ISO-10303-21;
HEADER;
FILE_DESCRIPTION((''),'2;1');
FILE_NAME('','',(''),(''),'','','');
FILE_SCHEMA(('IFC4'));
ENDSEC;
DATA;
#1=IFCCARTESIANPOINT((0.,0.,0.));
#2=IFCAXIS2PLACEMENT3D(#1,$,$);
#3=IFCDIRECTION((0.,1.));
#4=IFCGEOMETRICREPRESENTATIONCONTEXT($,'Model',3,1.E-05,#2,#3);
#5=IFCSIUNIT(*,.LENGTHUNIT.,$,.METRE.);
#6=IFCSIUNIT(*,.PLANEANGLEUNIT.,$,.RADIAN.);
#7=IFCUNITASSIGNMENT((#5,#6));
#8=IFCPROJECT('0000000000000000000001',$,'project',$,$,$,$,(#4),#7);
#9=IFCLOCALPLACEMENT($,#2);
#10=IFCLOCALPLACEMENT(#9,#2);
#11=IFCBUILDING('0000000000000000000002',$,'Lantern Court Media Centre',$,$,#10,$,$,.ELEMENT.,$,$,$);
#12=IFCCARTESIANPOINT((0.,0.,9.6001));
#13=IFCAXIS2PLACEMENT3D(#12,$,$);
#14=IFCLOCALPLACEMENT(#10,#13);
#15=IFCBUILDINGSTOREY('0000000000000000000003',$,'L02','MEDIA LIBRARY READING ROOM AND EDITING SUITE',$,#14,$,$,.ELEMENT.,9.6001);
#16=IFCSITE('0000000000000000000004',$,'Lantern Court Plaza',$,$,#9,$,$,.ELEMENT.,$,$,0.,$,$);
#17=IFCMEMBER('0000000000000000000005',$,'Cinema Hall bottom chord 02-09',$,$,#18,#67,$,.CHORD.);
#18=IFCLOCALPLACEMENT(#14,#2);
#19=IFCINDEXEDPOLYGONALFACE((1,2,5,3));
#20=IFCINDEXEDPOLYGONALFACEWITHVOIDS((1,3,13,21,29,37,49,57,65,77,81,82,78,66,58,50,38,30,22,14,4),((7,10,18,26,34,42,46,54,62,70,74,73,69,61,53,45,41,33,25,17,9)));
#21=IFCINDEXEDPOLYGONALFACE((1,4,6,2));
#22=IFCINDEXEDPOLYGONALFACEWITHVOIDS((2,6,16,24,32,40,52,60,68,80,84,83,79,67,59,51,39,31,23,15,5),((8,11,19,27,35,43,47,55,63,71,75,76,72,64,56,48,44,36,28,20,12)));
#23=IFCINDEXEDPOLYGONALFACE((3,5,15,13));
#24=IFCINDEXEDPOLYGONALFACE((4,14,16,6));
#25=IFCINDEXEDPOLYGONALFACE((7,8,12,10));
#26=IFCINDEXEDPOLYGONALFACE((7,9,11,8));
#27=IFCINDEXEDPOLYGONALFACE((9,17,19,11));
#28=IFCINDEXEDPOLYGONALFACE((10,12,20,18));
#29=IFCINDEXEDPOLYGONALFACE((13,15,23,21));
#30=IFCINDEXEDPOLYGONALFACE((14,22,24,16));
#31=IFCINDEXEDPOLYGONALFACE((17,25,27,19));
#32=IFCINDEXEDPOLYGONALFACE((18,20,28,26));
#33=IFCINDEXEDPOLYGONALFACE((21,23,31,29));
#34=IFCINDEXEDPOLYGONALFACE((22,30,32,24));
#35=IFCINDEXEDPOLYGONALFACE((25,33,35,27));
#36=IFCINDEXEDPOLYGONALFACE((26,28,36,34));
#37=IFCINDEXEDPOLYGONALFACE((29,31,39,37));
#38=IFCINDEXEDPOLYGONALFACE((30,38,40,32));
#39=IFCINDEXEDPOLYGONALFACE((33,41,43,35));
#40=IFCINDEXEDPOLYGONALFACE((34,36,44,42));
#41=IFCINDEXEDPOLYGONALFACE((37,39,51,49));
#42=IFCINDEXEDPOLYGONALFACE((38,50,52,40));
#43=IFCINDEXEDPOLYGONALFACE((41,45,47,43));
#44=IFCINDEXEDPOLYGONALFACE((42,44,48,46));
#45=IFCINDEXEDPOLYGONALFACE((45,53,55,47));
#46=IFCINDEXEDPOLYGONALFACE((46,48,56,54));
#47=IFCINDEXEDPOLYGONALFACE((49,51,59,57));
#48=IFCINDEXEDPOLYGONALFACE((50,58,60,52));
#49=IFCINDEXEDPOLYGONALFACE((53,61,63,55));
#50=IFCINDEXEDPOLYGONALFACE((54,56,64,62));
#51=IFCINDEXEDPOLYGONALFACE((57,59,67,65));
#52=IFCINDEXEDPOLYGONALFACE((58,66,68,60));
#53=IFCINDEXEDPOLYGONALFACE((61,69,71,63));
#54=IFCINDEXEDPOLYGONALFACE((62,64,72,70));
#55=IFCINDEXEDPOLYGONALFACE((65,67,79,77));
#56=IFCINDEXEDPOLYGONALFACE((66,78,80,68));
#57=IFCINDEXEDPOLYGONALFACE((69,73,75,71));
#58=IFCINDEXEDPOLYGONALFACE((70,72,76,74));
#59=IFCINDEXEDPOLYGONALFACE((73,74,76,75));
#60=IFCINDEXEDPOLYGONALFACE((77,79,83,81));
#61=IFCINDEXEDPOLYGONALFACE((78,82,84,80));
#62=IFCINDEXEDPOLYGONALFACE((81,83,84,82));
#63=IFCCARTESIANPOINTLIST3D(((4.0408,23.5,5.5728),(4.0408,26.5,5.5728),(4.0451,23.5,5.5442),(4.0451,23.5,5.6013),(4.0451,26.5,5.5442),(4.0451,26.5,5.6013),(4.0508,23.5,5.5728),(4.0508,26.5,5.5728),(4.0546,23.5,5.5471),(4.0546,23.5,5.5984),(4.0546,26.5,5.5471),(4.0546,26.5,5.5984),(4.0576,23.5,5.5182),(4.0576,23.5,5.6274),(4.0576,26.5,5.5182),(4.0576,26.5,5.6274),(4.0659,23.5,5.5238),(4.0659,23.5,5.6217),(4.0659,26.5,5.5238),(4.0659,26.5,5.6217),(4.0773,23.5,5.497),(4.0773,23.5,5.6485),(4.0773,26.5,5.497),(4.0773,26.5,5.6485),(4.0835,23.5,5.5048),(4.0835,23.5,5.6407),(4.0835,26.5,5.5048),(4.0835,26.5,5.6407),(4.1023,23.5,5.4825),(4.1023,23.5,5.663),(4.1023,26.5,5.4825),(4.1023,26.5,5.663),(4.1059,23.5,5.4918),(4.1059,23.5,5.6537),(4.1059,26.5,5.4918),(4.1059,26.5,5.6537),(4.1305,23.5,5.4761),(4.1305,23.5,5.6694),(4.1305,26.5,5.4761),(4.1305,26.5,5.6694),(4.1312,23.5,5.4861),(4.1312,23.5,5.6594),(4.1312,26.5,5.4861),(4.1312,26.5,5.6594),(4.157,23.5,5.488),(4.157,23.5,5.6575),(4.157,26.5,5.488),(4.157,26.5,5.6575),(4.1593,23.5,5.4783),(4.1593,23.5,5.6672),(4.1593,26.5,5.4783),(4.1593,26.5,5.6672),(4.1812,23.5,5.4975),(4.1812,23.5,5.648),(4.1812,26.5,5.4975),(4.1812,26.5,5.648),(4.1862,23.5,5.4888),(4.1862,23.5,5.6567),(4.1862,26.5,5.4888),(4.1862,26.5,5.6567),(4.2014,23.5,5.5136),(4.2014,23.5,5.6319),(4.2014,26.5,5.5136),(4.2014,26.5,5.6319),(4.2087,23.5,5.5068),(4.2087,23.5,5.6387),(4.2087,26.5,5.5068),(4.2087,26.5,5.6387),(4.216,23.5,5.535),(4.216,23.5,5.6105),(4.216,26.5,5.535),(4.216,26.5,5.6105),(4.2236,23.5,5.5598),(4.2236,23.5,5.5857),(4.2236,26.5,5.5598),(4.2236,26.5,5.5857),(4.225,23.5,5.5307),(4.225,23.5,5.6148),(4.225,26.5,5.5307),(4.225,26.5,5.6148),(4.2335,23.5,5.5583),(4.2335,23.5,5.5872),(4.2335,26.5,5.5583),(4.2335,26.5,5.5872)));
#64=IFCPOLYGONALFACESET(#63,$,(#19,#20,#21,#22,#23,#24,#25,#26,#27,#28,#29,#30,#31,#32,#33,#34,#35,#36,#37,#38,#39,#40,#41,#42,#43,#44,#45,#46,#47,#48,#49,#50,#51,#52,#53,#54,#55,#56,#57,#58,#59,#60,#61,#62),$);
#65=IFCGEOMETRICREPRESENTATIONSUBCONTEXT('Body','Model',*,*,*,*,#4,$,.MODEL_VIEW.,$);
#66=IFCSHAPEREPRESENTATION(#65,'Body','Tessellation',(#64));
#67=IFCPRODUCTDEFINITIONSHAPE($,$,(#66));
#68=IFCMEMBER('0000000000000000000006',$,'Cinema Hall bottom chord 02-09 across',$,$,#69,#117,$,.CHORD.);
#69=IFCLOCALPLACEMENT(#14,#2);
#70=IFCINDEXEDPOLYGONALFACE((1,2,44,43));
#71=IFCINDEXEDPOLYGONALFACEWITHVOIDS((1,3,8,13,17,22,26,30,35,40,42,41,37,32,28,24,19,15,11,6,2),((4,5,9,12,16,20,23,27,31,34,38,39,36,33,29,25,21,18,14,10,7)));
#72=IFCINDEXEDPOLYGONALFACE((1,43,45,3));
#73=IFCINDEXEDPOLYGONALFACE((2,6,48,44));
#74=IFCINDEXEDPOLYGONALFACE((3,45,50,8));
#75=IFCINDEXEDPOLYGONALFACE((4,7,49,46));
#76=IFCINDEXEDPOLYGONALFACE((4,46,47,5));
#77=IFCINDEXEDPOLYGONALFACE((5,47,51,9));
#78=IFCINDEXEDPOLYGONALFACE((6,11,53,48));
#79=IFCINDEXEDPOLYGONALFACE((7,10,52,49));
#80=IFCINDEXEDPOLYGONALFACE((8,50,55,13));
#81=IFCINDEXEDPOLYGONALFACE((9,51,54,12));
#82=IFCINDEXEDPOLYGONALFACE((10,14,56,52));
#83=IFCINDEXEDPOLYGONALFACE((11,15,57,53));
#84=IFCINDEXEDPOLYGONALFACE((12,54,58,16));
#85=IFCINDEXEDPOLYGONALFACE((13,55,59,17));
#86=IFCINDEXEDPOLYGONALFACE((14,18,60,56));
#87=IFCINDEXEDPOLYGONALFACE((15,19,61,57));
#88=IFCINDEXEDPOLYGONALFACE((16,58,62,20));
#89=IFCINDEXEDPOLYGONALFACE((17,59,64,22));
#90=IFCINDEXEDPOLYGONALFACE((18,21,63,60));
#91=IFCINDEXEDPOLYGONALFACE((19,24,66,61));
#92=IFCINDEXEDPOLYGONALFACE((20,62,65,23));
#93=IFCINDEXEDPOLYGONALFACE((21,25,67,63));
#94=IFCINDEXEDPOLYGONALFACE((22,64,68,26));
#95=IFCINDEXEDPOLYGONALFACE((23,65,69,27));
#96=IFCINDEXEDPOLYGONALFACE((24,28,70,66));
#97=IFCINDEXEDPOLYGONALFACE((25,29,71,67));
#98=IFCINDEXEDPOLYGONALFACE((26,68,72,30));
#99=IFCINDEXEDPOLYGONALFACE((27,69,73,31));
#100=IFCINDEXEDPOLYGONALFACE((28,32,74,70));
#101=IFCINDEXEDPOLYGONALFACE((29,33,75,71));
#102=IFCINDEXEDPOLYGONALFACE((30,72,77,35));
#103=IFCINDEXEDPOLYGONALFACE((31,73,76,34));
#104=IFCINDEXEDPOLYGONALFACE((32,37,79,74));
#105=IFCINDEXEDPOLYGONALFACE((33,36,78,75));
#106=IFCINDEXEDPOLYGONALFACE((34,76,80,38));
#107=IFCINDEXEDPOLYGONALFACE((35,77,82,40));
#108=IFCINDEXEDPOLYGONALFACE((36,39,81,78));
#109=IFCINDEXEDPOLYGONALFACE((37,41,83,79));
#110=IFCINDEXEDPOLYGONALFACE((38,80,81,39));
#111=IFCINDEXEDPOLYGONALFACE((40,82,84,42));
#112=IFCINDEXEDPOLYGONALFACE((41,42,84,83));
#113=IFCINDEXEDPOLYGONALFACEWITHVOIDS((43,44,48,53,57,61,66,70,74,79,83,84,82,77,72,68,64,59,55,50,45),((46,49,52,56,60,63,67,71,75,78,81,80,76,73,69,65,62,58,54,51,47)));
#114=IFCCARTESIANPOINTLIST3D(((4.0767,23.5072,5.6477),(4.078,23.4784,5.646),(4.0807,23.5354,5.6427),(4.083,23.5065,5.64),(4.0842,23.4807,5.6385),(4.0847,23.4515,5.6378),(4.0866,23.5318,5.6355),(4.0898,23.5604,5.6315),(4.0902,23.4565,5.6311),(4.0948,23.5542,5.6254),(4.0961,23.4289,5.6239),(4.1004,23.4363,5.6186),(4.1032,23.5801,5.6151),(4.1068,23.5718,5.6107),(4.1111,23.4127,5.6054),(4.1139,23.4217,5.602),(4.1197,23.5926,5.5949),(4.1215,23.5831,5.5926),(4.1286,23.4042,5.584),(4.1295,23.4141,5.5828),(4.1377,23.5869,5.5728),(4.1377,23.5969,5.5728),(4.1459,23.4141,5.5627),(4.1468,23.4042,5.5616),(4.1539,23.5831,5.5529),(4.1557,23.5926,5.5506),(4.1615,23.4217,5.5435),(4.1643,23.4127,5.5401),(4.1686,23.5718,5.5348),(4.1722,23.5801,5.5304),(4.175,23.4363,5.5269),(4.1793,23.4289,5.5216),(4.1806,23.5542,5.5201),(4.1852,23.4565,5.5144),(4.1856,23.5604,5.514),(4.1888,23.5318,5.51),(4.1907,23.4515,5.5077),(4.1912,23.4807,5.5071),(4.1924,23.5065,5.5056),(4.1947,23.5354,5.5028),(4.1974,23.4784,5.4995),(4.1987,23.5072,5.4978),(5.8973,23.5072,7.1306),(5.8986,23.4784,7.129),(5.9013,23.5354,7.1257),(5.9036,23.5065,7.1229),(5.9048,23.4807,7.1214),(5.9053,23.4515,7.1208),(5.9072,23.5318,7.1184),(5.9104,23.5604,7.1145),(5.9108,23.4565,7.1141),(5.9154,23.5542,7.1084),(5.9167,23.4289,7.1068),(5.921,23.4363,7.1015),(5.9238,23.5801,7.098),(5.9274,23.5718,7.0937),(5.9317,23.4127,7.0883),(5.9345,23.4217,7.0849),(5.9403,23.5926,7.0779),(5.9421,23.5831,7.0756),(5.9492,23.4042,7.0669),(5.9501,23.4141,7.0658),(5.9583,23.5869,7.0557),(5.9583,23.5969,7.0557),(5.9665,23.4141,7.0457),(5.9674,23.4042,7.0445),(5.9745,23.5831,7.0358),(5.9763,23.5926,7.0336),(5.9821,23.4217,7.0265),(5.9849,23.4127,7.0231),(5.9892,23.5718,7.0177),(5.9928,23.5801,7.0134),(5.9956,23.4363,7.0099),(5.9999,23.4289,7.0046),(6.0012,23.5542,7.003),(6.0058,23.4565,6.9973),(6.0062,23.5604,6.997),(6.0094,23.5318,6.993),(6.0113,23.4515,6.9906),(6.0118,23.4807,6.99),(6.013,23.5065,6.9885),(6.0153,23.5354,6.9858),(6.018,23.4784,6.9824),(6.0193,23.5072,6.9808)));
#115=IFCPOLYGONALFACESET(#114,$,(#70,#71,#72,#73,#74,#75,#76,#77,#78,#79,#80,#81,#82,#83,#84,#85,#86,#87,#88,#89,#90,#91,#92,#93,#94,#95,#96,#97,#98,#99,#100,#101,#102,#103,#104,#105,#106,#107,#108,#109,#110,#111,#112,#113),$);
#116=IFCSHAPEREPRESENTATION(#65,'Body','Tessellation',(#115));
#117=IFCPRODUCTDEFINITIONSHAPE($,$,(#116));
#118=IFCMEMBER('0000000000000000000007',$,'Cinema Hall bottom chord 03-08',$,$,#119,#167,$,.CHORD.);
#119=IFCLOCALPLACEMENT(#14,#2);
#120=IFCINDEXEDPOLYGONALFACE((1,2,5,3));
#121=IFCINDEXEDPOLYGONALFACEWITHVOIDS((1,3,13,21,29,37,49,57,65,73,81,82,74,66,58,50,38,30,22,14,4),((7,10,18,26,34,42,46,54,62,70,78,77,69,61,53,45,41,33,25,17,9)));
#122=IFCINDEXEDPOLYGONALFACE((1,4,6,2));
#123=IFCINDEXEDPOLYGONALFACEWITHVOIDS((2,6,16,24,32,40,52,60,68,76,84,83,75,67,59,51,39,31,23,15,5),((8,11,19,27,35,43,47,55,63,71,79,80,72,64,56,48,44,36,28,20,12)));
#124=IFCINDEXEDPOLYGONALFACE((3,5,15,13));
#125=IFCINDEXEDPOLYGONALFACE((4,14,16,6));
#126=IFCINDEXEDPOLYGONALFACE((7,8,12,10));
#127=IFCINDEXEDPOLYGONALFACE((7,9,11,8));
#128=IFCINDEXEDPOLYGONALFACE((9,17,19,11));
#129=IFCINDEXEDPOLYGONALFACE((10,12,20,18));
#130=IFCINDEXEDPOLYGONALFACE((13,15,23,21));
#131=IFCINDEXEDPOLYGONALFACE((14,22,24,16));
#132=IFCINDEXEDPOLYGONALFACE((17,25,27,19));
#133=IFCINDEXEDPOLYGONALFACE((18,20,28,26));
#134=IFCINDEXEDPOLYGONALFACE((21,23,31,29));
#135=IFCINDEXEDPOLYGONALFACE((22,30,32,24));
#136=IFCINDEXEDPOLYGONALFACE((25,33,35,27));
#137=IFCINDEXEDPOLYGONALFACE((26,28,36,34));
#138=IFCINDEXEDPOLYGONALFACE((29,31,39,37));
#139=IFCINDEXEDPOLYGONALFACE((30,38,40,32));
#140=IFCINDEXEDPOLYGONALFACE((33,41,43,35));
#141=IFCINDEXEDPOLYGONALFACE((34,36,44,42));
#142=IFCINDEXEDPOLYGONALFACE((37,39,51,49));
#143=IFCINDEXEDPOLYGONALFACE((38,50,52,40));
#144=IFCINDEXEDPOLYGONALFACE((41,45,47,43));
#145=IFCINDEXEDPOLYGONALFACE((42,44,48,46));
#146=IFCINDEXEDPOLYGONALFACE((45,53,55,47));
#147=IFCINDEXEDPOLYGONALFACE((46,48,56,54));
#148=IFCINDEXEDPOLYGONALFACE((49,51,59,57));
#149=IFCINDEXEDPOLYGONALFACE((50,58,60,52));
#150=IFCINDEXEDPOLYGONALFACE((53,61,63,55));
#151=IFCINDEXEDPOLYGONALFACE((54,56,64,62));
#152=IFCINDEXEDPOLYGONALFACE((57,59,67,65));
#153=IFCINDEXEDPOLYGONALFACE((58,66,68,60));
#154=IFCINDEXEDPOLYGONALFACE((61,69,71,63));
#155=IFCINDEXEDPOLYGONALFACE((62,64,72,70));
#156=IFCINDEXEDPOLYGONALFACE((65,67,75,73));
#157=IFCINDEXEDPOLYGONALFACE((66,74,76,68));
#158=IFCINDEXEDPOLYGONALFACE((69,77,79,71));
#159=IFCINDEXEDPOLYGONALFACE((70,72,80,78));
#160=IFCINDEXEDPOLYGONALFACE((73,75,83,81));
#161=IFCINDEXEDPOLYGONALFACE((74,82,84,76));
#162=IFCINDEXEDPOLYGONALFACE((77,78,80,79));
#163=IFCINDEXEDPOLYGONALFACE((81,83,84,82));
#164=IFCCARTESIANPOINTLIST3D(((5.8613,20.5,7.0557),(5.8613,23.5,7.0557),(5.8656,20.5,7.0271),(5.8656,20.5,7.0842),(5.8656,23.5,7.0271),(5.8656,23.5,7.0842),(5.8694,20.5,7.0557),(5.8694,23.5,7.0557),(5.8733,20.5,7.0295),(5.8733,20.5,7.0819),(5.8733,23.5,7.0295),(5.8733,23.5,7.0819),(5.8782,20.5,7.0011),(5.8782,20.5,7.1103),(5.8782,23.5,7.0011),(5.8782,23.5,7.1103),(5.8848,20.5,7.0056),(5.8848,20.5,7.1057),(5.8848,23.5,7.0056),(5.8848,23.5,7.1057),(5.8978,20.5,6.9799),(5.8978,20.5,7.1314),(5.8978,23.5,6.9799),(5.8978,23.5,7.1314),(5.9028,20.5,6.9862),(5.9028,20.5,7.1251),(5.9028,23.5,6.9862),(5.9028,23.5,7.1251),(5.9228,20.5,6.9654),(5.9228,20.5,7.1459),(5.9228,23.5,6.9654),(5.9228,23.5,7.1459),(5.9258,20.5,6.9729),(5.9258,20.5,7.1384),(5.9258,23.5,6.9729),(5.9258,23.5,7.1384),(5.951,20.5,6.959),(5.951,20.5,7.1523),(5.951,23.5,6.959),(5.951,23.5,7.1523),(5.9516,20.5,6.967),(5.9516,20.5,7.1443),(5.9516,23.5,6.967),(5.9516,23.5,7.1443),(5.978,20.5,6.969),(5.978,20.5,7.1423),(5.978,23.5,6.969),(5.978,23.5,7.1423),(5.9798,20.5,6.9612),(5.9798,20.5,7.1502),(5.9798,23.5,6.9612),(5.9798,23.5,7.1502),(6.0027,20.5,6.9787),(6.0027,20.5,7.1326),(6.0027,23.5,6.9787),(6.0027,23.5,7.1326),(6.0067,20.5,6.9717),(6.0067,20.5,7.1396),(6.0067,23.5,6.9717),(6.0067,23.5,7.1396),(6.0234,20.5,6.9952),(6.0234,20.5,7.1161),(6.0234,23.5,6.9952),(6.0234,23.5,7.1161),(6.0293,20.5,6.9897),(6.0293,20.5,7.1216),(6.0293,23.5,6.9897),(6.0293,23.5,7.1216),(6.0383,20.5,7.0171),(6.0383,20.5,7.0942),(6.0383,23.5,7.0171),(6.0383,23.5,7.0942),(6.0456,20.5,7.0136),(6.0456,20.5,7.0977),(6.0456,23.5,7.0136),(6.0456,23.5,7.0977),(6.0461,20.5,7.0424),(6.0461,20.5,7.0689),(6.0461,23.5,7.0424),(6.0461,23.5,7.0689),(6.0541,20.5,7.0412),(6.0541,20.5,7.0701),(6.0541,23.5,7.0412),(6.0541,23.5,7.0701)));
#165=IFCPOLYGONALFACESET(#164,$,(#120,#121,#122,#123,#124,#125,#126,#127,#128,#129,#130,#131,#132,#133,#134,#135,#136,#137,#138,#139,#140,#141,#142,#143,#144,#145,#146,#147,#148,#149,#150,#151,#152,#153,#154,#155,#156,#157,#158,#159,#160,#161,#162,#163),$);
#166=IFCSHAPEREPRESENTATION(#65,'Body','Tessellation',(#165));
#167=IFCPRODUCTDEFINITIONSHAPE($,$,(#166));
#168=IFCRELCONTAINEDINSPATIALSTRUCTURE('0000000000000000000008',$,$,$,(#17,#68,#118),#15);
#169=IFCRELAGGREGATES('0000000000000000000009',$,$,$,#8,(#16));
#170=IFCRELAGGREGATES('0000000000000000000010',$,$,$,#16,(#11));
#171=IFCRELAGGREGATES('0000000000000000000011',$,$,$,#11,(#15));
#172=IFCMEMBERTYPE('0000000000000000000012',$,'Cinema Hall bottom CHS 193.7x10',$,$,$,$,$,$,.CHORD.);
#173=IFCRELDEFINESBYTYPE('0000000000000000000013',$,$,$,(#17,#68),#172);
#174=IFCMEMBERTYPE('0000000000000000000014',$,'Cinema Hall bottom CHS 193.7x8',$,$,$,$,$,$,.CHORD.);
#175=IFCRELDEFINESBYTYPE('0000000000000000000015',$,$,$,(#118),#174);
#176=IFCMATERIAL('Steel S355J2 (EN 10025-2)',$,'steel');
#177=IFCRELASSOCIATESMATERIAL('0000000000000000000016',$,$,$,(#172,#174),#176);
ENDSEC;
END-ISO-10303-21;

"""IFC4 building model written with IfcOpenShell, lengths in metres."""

from ifc_helpers import new_model, si_unit, direction, frame, origin, origin_2d, place, context, subcontext, project, spatial, hollow_circle, extrude, material, material_profile, profile_set, type_object, element, save


model = new_model("IFC4")

# Units and contexts
model_context = context("Model", 3, precision=1e-05, world=origin(), true_north=direction((0.0, 1.0)))
body_context = subcontext(model_context, "Body", "Model", "MODEL_VIEW")
ifc_project = project(units=[si_unit("LENGTHUNIT", "METRE"), si_unit("PLANEANGLEUNIT", "RADIAN")], contexts=[model_context])

# Site, building, storey
site_placement = place(None, origin())
site = spatial("IfcSite", under=ifc_project, at=site_placement, Name="Lantern Court Plaza", CompositionType="ELEMENT", RefElevation=0.0)
building_placement = place(site_placement, origin())
building = spatial("IfcBuilding", under=site, at=building_placement, Name="Lantern Court Media Centre", CompositionType="ELEMENT")
storey_placement = place(building_placement, frame((0.0, 0.0, 9.6001)))
storey = spatial("IfcBuildingStorey", under=building, at=storey_placement, Name="L02", Description="MEDIA LIBRARY READING ROOM AND EDITING SUITE", CompositionType="ELEMENT", Elevation=9.6001)

# Members
ifc_material = material(Name="Steel S355J2 (EN 10025-2)", Category="steel")
ifc_material_profile_1 = material_profile(ifc_material, hollow_circle(Radius=0.0969, WallThickness=0.01, at=origin_2d()), Name="Cinema Hall bottom CHS 193.7x10")
ifc_profile_set_1 = profile_set([ifc_material_profile_1], Name="Steel S355J2 (EN 10025-2)")
member_type_1 = type_object("IfcMemberType", Name="Cinema Hall bottom CHS 193.7x10", PredefinedType="CHORD", material=ifc_profile_set_1)
member_1_placement = place(storey_placement, frame((4.1377, 23.5, 5.5728), z_axis=(0.0, 1.0, 0.0), x_axis=(-1.0, 0.0, 0.0)))
element("IfcMember", 1, at=member_1_placement, inside=storey, type_object=member_type_1, Name="Cinema Hall bottom chord 02-09", PredefinedType="CHORD", context=body_context, shape_type="SweptSolid", body=[
    extrude(hollow_circle(Radius=0.0969, WallThickness=0.01, at=origin_2d()), origin(), (0.0, 0.0, 1.0), 3.0),
])
member_2_placement = place(storey_placement, frame((4.1377, 23.5, 5.5728), z_axis=(0.775341, 0.0, 0.631543), x_axis=(0.0, 1.0, 0.0)))
element("IfcMember", 2, at=member_2_placement, inside=storey, type_object=member_type_1, Name="Cinema Hall bottom chord 02-09 across", PredefinedType="CHORD", context=body_context, shape_type="SweptSolid", body=[
    extrude(hollow_circle(Radius=0.0969, WallThickness=0.01, at=origin_2d()), origin(), (0.0, 0.0, 1.0), 2.3481),
])
ifc_material_profile_2 = material_profile(ifc_material, hollow_circle(Radius=0.0969, WallThickness=0.0081, at=origin_2d()), Name="Cinema Hall bottom CHS 193.7x8")
ifc_profile_set_2 = profile_set([ifc_material_profile_2], Name="Steel S355J2 (EN 10025-2)")
member_type_2 = type_object("IfcMemberType", Name="Cinema Hall bottom CHS 193.7x8", PredefinedType="CHORD", material=ifc_profile_set_2)
member_3_placement = place(storey_placement, frame((5.9583, 20.5, 7.0557), z_axis=(0.0, 1.0, 0.0), x_axis=(-1.0, 0.0, 0.0)))
element("IfcMember", 3, at=member_3_placement, inside=storey, type_object=member_type_2, Name="Cinema Hall bottom chord 03-08", PredefinedType="CHORD", context=body_context, shape_type="SweptSolid", body=[
    extrude(hollow_circle(Radius=0.0969, WallThickness=0.0081, at=origin_2d()), origin(), (0.0, 0.0, 1.0), 3.0),
])

save(model, "model.ifc")
